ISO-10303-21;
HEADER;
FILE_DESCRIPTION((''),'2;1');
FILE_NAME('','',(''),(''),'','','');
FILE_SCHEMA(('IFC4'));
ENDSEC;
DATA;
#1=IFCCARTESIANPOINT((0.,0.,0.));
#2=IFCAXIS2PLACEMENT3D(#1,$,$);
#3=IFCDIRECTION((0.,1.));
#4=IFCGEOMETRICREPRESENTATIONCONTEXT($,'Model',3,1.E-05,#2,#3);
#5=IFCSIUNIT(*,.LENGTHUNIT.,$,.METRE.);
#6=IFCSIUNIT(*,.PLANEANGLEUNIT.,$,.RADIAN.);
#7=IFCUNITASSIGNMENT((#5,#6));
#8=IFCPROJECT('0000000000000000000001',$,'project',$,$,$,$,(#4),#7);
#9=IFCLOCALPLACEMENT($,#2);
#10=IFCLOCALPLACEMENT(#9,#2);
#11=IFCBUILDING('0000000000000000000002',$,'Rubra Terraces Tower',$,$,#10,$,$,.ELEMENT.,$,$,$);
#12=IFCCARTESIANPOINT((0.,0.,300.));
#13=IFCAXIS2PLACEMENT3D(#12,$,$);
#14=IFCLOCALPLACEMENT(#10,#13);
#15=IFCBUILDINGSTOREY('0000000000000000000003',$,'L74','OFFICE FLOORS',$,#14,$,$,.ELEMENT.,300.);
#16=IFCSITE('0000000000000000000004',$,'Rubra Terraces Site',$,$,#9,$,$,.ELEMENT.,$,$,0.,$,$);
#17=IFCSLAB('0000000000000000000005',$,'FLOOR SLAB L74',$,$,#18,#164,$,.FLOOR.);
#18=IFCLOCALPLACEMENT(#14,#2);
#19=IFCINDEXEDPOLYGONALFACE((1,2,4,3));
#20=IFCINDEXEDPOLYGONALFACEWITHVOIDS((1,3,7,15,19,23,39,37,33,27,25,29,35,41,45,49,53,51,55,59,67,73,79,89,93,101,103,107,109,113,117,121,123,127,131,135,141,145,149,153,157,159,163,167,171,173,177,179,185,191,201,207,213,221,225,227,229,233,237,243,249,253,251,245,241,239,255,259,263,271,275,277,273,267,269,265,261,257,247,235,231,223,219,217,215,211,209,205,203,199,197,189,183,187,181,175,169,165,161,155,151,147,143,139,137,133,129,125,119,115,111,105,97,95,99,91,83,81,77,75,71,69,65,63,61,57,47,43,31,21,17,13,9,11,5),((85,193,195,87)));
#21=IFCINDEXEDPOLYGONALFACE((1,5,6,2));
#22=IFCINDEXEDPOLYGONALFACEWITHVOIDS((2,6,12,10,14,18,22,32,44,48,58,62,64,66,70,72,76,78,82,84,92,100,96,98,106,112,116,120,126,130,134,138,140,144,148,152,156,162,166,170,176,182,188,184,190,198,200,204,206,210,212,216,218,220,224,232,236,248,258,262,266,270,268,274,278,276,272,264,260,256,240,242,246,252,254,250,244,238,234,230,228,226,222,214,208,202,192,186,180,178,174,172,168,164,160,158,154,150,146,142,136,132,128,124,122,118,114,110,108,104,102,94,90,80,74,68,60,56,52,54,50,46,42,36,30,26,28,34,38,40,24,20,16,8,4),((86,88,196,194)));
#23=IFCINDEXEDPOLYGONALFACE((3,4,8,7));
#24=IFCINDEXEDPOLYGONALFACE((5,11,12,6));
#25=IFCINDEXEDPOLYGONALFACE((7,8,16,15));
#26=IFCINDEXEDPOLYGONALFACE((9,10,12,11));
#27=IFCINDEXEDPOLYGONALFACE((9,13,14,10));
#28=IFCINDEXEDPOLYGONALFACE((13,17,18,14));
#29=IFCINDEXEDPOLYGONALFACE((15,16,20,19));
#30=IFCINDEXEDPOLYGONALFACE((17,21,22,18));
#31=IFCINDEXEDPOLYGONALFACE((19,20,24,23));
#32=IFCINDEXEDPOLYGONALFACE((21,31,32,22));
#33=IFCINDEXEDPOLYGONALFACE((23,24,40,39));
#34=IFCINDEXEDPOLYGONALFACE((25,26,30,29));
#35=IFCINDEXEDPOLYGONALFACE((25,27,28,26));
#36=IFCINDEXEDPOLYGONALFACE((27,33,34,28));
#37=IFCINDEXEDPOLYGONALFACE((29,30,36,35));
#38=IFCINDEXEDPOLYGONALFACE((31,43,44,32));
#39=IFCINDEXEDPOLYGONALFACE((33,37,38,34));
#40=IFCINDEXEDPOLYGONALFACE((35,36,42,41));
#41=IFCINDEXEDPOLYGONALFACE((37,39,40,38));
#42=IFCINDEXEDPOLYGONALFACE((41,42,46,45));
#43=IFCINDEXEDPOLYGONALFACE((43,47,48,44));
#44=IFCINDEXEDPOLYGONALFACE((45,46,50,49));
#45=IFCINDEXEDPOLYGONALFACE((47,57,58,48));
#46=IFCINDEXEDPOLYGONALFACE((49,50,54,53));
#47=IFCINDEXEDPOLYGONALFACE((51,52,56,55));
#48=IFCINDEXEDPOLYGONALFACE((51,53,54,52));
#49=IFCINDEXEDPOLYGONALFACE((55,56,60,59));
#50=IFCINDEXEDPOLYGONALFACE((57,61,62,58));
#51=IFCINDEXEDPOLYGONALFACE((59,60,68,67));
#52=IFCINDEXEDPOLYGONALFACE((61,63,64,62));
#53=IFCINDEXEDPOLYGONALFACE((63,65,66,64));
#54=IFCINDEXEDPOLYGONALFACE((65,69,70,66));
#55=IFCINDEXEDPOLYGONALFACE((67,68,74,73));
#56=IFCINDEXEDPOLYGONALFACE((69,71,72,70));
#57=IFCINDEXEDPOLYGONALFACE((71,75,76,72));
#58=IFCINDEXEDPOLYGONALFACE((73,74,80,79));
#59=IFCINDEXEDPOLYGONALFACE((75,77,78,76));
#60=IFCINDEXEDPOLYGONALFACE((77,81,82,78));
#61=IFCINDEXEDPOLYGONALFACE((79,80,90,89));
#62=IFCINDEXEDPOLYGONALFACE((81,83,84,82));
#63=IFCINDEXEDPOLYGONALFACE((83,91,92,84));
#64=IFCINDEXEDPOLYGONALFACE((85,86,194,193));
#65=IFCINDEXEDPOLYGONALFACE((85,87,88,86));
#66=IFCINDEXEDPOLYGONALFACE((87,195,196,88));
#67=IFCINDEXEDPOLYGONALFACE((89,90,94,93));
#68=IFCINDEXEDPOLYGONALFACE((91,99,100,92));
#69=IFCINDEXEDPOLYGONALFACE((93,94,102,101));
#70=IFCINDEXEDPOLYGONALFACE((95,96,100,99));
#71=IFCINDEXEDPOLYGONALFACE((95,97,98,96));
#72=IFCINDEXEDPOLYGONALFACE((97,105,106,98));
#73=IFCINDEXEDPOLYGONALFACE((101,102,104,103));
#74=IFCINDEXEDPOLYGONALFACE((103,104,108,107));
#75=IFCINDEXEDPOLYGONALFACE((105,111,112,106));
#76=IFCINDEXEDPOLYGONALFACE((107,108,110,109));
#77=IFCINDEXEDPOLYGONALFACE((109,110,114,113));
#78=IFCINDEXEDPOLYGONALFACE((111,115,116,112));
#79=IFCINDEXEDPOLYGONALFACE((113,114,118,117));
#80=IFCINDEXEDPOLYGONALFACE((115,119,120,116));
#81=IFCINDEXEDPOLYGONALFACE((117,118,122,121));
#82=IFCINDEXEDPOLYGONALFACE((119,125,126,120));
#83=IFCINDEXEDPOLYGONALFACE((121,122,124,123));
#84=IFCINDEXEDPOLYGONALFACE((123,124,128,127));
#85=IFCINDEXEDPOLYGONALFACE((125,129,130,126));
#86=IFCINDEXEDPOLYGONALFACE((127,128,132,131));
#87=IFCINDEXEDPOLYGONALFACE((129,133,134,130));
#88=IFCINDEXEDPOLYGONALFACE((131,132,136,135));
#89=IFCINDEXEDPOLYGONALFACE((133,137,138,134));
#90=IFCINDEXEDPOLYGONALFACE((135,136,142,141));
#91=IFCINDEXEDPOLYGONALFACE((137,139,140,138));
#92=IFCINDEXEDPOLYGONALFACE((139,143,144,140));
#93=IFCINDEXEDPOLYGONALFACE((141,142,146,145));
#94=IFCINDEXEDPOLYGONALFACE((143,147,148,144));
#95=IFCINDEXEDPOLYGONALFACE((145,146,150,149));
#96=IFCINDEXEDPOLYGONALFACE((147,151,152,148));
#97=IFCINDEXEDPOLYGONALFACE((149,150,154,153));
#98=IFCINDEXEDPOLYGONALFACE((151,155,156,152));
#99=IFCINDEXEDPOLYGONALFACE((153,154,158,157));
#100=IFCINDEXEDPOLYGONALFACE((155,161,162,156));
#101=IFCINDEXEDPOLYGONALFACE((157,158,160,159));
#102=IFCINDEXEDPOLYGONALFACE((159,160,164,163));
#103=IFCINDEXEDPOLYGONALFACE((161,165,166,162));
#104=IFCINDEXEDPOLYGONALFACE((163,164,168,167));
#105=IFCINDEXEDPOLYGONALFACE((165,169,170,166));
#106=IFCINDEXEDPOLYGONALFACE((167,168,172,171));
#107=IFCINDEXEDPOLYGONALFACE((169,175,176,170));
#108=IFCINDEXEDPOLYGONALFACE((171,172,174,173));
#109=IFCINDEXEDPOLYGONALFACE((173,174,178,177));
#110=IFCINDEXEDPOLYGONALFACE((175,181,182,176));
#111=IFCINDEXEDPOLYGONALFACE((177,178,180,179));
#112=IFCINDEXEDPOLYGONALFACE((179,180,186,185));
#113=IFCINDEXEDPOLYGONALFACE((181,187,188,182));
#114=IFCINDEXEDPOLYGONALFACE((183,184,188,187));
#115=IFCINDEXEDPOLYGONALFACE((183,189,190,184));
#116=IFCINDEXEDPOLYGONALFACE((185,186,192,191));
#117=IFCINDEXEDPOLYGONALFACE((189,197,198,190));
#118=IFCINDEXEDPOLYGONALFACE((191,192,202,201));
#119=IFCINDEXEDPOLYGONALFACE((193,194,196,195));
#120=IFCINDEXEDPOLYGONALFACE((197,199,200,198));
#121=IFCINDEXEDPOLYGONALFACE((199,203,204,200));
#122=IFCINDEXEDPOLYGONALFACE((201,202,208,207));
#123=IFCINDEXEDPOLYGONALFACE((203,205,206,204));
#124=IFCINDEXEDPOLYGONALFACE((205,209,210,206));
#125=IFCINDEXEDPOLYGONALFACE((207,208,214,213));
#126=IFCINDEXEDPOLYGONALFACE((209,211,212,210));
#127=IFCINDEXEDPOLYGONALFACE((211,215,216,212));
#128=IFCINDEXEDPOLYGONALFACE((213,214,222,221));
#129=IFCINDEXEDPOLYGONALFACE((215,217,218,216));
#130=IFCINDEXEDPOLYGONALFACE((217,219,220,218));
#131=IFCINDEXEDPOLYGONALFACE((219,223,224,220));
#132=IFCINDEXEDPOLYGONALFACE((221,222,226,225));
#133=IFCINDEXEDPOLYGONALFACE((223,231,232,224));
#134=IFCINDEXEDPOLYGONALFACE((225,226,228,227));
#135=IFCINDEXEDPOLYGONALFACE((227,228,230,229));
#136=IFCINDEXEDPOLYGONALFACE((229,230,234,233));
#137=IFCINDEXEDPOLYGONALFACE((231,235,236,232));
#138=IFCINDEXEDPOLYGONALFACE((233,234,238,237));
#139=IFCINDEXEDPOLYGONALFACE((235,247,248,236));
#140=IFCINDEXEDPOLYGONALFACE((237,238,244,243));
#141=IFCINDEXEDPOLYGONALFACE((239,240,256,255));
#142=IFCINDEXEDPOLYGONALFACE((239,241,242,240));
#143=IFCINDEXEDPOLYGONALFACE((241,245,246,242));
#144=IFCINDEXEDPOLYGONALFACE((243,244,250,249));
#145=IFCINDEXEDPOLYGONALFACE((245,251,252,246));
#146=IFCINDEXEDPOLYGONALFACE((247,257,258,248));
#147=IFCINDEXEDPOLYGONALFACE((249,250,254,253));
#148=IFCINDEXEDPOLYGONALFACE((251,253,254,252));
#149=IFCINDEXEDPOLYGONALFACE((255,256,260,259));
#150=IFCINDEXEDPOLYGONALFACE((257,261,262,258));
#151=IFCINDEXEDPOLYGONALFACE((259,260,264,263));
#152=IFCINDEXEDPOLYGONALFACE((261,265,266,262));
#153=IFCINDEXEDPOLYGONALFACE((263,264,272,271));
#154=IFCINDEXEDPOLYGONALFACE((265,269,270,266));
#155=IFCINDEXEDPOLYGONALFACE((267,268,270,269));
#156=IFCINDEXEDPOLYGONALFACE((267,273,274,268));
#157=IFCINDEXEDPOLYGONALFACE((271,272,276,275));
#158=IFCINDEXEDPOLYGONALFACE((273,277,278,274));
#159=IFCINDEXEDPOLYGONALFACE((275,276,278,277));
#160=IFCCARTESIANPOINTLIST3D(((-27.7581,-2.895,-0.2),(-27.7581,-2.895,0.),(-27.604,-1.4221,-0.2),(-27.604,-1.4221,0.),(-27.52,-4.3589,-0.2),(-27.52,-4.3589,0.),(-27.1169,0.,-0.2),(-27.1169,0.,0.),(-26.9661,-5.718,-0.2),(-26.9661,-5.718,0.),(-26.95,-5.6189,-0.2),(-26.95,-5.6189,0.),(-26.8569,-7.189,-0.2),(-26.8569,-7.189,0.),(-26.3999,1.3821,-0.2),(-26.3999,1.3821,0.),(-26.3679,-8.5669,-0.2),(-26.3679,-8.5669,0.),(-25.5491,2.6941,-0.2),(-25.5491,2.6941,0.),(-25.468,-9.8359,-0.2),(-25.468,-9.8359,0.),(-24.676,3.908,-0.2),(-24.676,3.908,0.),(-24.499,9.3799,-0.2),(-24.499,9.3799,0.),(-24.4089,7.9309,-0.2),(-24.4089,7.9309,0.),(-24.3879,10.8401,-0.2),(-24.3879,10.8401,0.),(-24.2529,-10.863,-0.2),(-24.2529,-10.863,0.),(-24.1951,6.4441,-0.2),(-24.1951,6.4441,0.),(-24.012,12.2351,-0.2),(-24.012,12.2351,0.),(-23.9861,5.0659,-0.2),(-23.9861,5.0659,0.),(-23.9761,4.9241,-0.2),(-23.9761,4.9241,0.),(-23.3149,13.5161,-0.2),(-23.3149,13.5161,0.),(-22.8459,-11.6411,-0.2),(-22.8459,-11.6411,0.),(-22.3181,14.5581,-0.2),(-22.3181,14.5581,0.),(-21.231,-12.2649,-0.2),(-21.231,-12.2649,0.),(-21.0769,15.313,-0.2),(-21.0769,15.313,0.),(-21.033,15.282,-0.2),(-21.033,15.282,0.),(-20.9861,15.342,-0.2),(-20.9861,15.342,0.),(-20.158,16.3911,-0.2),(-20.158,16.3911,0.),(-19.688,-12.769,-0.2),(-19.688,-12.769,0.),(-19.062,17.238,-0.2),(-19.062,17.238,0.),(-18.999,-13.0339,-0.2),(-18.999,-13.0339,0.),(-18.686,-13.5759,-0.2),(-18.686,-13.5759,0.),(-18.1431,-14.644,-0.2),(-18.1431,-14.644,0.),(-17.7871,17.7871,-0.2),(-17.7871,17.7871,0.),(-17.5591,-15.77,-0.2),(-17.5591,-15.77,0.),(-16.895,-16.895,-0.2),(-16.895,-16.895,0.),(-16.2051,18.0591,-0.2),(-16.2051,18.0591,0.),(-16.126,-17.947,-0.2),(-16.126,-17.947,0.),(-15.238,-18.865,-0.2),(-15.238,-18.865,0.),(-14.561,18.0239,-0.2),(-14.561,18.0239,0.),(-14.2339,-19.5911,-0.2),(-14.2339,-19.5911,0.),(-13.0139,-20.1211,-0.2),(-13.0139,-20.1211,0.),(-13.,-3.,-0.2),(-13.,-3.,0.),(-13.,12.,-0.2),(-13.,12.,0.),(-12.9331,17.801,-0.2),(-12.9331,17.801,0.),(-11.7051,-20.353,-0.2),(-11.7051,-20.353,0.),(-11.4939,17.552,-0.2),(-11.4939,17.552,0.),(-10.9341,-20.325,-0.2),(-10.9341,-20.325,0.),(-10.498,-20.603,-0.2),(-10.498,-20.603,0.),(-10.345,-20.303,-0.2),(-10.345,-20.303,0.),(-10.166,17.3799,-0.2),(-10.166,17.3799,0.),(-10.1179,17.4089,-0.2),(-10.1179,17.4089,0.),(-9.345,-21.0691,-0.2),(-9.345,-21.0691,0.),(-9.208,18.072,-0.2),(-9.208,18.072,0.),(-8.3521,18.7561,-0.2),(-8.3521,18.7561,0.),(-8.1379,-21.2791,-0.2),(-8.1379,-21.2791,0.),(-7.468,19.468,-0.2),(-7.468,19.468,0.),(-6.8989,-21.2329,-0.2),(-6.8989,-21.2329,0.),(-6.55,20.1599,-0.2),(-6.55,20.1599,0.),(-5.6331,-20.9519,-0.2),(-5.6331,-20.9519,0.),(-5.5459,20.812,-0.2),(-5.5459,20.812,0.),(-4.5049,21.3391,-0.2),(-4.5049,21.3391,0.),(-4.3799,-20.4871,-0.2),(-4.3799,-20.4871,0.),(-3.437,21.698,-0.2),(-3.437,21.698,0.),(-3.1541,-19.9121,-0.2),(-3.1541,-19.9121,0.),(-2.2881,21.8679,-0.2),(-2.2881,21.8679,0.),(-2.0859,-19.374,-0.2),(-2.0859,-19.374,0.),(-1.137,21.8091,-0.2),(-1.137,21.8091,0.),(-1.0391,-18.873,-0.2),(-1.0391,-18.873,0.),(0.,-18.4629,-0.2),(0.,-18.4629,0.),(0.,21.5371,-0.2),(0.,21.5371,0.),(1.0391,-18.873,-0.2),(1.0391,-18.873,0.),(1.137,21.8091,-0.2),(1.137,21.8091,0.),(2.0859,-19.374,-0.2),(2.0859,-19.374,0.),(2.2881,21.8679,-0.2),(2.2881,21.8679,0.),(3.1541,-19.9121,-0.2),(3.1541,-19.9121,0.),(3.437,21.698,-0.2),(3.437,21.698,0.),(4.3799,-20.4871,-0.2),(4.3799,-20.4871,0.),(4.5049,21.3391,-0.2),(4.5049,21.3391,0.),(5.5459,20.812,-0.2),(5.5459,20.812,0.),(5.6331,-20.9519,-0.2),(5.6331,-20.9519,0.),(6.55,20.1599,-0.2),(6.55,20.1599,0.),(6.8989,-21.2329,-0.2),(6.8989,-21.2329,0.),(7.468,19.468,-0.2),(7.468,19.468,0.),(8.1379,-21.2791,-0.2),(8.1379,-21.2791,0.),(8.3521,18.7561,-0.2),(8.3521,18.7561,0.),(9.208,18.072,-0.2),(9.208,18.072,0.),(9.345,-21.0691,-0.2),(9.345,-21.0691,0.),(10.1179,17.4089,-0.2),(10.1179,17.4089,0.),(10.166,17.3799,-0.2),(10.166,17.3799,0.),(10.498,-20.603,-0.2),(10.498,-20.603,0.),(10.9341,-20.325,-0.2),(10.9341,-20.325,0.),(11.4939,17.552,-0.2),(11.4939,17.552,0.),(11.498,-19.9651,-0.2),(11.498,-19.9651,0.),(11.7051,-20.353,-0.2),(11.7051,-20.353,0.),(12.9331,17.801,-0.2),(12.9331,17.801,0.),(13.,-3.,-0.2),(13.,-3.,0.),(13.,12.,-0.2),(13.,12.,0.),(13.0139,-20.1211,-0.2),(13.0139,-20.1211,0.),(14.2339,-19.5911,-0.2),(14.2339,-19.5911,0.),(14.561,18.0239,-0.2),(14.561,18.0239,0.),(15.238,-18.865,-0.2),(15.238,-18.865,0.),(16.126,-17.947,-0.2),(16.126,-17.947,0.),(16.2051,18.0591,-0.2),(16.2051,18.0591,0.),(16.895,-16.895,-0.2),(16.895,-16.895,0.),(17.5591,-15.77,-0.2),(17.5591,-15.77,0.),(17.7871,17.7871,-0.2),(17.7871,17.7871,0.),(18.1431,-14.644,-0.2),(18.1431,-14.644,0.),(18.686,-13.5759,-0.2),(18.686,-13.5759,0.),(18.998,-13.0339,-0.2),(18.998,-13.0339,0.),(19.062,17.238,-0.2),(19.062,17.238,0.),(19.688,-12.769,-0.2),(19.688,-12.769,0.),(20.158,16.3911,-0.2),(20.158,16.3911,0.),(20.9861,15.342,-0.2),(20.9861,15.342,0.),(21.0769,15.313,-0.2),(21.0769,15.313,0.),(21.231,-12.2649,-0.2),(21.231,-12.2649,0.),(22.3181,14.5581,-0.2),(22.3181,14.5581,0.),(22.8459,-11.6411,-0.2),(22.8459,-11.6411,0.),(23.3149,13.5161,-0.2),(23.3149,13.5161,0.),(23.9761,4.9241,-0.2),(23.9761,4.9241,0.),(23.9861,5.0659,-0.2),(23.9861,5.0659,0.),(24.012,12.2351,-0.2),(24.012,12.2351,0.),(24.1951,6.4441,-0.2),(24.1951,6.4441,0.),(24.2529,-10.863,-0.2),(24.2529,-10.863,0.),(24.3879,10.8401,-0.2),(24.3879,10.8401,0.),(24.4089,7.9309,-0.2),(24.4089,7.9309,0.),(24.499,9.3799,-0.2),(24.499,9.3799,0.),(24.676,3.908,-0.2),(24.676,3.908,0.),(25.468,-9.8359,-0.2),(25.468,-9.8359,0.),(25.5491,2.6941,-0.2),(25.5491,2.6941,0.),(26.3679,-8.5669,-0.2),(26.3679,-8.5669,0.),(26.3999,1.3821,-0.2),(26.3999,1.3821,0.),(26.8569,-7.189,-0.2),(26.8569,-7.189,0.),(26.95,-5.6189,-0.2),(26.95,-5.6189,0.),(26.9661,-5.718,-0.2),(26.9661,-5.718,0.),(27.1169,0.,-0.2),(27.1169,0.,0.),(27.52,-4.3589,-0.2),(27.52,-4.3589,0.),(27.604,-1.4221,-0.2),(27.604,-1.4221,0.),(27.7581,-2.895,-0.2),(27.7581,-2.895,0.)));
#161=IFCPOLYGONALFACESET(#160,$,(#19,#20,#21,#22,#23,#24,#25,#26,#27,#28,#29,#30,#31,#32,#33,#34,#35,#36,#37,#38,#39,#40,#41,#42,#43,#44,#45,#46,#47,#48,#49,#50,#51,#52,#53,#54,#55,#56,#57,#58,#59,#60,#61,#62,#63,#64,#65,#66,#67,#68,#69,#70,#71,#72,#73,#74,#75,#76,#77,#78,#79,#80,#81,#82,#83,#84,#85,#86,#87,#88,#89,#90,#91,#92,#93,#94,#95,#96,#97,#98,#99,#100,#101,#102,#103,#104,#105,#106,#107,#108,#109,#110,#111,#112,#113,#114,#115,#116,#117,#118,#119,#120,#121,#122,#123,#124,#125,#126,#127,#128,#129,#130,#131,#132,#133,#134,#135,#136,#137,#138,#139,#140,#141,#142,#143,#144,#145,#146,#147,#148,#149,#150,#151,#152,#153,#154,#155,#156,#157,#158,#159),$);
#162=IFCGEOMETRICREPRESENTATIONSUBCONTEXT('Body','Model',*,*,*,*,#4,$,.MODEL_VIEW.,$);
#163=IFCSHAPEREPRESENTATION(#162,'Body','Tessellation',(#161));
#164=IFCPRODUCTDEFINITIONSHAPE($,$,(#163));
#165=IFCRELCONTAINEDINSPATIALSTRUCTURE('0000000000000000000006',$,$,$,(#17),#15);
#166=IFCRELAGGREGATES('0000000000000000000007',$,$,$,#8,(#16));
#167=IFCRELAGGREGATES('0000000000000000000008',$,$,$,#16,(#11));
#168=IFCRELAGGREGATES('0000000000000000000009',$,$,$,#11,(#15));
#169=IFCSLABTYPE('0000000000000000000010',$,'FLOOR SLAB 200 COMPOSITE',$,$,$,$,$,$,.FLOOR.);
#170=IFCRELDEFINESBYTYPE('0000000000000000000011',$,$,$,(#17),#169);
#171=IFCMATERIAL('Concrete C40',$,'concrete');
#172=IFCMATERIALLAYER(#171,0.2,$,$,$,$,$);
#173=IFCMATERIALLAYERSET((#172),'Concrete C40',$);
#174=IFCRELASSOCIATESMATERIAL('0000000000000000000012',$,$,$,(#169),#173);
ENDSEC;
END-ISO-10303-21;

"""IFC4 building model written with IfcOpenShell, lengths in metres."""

from ifc_helpers import new_model, si_unit, direction, frame, origin, place, context, subcontext, project, spatial, polyline, outline, extrude, material, layer, layer_set, type_object, element, save


model = new_model("IFC4")

# Units and contexts
model_context = context("Model", 3, precision=1e-05, world=origin(), true_north=direction((0.0, 1.0)))
body_context = subcontext(model_context, "Body", "Model", "MODEL_VIEW")
ifc_project = project(units=[si_unit("LENGTHUNIT", "METRE"), si_unit("PLANEANGLEUNIT", "RADIAN")], contexts=[model_context])

# Site, building, storey
site_placement = place(None, origin())
site = spatial("IfcSite", under=ifc_project, at=site_placement, Name="Rubra Terraces Site", CompositionType="ELEMENT", RefElevation=0.0)
building_placement = place(site_placement, origin())
building = spatial("IfcBuilding", under=site, at=building_placement, Name="Rubra Terraces Tower", CompositionType="ELEMENT")
storey_placement = place(building_placement, frame((0.0, 0.0, 300.0)))
storey = spatial("IfcBuildingStorey", under=building, at=storey_placement, Name="L74", Description="OFFICE FLOORS", CompositionType="ELEMENT", Elevation=300.0)

# Slab
ifc_material_1 = material(Name="Concrete C40", Category="concrete")
ifc_layer_1 = layer(ifc_material_1, 0.2)
ifc_layer_set_1 = layer_set([ifc_layer_1], Name="Concrete C40")
slab_type_1 = type_object("IfcSlabType", Name="FLOOR SLAB 200 COMPOSITE", PredefinedType="FLOOR", material=ifc_layer_set_1)
slab_1_placement = place(storey_placement, frame((0.0, 0.0, -0.2)))
element("IfcSlab", 1, at=slab_1_placement, inside=storey, type_object=slab_type_1, Name="FLOOR SLAB L74", PredefinedType="FLOOR", context=body_context, shape_type="SweptSolid", body=[
    extrude(outline(polyline([(18.686, -13.5759), (18.998, -13.0339), (19.688, -12.769), (21.231, -12.2649), (22.8459, -11.6411), (24.2529, -10.863), (25.468, -9.8359), (26.3679, -8.5669), (26.8569, -7.189), (26.9661, -5.718), (26.95, -5.6189), (27.52, -4.3589), (27.7581, -2.895), (27.604, -1.4221), (27.1169, 0.0), (26.3999, 1.3821), (25.5491, 2.6941), (24.676, 3.908), (23.9761, 4.9241), (23.9861, 5.0659), (24.1951, 6.4441), (24.4089, 7.9309), (24.499, 9.3799), (24.3879, 10.8401), (24.012, 12.2351), (23.3149, 13.5161), (22.3181, 14.5581), (21.0769, 15.313), (20.9861, 15.342), (20.158, 16.3911), (19.062, 17.238), (17.7871, 17.7871), (16.2051, 18.0591), (14.561, 18.0239), (12.9331, 17.801), (11.4939, 17.552), (10.166, 17.3799), (10.1179, 17.4089), (9.208, 18.072), (8.3521, 18.7561), (7.468, 19.468), (6.55, 20.1599), (5.5459, 20.812), (4.5049, 21.3391), (3.437, 21.698), (2.2881, 21.8679), (1.137, 21.8091), (0.0, 21.5371), (-1.137, 21.8091), (-2.2881, 21.8679), (-3.437, 21.698), (-4.5049, 21.3391), (-5.5459, 20.812), (-6.55, 20.1599), (-7.468, 19.468), (-8.3521, 18.7561), (-9.208, 18.072), (-10.1179, 17.4089), (-10.166, 17.3799), (-11.4939, 17.552), (-12.9331, 17.801), (-14.561, 18.0239), (-16.2051, 18.0591), (-17.7871, 17.7871), (-19.062, 17.238), (-20.158, 16.3911), (-21.033, 15.282), (-20.9861, 15.342), (-21.0769, 15.313), (-22.3181, 14.5581), (-23.3149, 13.5161), (-24.012, 12.2351), (-24.3879, 10.8401), (-24.499, 9.3799), (-24.4089, 7.9309), (-24.1951, 6.4441), (-23.9861, 5.0659), (-23.9761, 4.9241), (-24.676, 3.908), (-25.5491, 2.6941), (-26.3999, 1.3821), (-27.1169, 0.0), (-27.604, -1.4221), (-27.7581, -2.895), (-27.52, -4.3589), (-26.95, -5.6189), (-26.9661, -5.718), (-26.8569, -7.189), (-26.3679, -8.5669), (-25.468, -9.8359), (-24.2529, -10.863), (-22.8459, -11.6411), (-21.231, -12.2649), (-19.688, -12.769), (-18.999, -13.0339), (-18.686, -13.5759), (-18.1431, -14.644), (-17.5591, -15.77), (-16.895, -16.895), (-16.126, -17.947), (-15.238, -18.865), (-14.2339, -19.5911), (-13.0139, -20.1211), (-11.7051, -20.353), (-10.345, -20.303), (-10.9341, -20.325), (-10.498, -20.603), (-9.345, -21.0691), (-8.1379, -21.2791), (-6.8989, -21.2329), (-5.6331, -20.9519), (-4.3799, -20.4871), (-3.1541, -19.9121), (-2.0859, -19.374), (-1.0391, -18.873), (0.0, -18.4629), (1.0391, -18.873), (2.0859, -19.374), (3.1541, -19.9121), (4.3799, -20.4871), (5.6331, -20.9519), (6.8989, -21.2329), (8.1379, -21.2791), (9.345, -21.0691), (10.498, -20.603), (11.498, -19.9651), (10.9341, -20.325), (11.7051, -20.353), (13.0139, -20.1211), (14.2339, -19.5911), (15.238, -18.865), (16.126, -17.947), (16.895, -16.895), (17.5591, -15.77), (18.1431, -14.644), (18.686, -13.5759)]), holes=[polyline([(13.0, 12.0), (13.0, -3.0), (-13.0, -3.0), (-13.0, 12.0), (13.0, 12.0)])]), origin(), (0.0, 0.0, 1.0), 0.2),
])

save(model, "model.ifc")
